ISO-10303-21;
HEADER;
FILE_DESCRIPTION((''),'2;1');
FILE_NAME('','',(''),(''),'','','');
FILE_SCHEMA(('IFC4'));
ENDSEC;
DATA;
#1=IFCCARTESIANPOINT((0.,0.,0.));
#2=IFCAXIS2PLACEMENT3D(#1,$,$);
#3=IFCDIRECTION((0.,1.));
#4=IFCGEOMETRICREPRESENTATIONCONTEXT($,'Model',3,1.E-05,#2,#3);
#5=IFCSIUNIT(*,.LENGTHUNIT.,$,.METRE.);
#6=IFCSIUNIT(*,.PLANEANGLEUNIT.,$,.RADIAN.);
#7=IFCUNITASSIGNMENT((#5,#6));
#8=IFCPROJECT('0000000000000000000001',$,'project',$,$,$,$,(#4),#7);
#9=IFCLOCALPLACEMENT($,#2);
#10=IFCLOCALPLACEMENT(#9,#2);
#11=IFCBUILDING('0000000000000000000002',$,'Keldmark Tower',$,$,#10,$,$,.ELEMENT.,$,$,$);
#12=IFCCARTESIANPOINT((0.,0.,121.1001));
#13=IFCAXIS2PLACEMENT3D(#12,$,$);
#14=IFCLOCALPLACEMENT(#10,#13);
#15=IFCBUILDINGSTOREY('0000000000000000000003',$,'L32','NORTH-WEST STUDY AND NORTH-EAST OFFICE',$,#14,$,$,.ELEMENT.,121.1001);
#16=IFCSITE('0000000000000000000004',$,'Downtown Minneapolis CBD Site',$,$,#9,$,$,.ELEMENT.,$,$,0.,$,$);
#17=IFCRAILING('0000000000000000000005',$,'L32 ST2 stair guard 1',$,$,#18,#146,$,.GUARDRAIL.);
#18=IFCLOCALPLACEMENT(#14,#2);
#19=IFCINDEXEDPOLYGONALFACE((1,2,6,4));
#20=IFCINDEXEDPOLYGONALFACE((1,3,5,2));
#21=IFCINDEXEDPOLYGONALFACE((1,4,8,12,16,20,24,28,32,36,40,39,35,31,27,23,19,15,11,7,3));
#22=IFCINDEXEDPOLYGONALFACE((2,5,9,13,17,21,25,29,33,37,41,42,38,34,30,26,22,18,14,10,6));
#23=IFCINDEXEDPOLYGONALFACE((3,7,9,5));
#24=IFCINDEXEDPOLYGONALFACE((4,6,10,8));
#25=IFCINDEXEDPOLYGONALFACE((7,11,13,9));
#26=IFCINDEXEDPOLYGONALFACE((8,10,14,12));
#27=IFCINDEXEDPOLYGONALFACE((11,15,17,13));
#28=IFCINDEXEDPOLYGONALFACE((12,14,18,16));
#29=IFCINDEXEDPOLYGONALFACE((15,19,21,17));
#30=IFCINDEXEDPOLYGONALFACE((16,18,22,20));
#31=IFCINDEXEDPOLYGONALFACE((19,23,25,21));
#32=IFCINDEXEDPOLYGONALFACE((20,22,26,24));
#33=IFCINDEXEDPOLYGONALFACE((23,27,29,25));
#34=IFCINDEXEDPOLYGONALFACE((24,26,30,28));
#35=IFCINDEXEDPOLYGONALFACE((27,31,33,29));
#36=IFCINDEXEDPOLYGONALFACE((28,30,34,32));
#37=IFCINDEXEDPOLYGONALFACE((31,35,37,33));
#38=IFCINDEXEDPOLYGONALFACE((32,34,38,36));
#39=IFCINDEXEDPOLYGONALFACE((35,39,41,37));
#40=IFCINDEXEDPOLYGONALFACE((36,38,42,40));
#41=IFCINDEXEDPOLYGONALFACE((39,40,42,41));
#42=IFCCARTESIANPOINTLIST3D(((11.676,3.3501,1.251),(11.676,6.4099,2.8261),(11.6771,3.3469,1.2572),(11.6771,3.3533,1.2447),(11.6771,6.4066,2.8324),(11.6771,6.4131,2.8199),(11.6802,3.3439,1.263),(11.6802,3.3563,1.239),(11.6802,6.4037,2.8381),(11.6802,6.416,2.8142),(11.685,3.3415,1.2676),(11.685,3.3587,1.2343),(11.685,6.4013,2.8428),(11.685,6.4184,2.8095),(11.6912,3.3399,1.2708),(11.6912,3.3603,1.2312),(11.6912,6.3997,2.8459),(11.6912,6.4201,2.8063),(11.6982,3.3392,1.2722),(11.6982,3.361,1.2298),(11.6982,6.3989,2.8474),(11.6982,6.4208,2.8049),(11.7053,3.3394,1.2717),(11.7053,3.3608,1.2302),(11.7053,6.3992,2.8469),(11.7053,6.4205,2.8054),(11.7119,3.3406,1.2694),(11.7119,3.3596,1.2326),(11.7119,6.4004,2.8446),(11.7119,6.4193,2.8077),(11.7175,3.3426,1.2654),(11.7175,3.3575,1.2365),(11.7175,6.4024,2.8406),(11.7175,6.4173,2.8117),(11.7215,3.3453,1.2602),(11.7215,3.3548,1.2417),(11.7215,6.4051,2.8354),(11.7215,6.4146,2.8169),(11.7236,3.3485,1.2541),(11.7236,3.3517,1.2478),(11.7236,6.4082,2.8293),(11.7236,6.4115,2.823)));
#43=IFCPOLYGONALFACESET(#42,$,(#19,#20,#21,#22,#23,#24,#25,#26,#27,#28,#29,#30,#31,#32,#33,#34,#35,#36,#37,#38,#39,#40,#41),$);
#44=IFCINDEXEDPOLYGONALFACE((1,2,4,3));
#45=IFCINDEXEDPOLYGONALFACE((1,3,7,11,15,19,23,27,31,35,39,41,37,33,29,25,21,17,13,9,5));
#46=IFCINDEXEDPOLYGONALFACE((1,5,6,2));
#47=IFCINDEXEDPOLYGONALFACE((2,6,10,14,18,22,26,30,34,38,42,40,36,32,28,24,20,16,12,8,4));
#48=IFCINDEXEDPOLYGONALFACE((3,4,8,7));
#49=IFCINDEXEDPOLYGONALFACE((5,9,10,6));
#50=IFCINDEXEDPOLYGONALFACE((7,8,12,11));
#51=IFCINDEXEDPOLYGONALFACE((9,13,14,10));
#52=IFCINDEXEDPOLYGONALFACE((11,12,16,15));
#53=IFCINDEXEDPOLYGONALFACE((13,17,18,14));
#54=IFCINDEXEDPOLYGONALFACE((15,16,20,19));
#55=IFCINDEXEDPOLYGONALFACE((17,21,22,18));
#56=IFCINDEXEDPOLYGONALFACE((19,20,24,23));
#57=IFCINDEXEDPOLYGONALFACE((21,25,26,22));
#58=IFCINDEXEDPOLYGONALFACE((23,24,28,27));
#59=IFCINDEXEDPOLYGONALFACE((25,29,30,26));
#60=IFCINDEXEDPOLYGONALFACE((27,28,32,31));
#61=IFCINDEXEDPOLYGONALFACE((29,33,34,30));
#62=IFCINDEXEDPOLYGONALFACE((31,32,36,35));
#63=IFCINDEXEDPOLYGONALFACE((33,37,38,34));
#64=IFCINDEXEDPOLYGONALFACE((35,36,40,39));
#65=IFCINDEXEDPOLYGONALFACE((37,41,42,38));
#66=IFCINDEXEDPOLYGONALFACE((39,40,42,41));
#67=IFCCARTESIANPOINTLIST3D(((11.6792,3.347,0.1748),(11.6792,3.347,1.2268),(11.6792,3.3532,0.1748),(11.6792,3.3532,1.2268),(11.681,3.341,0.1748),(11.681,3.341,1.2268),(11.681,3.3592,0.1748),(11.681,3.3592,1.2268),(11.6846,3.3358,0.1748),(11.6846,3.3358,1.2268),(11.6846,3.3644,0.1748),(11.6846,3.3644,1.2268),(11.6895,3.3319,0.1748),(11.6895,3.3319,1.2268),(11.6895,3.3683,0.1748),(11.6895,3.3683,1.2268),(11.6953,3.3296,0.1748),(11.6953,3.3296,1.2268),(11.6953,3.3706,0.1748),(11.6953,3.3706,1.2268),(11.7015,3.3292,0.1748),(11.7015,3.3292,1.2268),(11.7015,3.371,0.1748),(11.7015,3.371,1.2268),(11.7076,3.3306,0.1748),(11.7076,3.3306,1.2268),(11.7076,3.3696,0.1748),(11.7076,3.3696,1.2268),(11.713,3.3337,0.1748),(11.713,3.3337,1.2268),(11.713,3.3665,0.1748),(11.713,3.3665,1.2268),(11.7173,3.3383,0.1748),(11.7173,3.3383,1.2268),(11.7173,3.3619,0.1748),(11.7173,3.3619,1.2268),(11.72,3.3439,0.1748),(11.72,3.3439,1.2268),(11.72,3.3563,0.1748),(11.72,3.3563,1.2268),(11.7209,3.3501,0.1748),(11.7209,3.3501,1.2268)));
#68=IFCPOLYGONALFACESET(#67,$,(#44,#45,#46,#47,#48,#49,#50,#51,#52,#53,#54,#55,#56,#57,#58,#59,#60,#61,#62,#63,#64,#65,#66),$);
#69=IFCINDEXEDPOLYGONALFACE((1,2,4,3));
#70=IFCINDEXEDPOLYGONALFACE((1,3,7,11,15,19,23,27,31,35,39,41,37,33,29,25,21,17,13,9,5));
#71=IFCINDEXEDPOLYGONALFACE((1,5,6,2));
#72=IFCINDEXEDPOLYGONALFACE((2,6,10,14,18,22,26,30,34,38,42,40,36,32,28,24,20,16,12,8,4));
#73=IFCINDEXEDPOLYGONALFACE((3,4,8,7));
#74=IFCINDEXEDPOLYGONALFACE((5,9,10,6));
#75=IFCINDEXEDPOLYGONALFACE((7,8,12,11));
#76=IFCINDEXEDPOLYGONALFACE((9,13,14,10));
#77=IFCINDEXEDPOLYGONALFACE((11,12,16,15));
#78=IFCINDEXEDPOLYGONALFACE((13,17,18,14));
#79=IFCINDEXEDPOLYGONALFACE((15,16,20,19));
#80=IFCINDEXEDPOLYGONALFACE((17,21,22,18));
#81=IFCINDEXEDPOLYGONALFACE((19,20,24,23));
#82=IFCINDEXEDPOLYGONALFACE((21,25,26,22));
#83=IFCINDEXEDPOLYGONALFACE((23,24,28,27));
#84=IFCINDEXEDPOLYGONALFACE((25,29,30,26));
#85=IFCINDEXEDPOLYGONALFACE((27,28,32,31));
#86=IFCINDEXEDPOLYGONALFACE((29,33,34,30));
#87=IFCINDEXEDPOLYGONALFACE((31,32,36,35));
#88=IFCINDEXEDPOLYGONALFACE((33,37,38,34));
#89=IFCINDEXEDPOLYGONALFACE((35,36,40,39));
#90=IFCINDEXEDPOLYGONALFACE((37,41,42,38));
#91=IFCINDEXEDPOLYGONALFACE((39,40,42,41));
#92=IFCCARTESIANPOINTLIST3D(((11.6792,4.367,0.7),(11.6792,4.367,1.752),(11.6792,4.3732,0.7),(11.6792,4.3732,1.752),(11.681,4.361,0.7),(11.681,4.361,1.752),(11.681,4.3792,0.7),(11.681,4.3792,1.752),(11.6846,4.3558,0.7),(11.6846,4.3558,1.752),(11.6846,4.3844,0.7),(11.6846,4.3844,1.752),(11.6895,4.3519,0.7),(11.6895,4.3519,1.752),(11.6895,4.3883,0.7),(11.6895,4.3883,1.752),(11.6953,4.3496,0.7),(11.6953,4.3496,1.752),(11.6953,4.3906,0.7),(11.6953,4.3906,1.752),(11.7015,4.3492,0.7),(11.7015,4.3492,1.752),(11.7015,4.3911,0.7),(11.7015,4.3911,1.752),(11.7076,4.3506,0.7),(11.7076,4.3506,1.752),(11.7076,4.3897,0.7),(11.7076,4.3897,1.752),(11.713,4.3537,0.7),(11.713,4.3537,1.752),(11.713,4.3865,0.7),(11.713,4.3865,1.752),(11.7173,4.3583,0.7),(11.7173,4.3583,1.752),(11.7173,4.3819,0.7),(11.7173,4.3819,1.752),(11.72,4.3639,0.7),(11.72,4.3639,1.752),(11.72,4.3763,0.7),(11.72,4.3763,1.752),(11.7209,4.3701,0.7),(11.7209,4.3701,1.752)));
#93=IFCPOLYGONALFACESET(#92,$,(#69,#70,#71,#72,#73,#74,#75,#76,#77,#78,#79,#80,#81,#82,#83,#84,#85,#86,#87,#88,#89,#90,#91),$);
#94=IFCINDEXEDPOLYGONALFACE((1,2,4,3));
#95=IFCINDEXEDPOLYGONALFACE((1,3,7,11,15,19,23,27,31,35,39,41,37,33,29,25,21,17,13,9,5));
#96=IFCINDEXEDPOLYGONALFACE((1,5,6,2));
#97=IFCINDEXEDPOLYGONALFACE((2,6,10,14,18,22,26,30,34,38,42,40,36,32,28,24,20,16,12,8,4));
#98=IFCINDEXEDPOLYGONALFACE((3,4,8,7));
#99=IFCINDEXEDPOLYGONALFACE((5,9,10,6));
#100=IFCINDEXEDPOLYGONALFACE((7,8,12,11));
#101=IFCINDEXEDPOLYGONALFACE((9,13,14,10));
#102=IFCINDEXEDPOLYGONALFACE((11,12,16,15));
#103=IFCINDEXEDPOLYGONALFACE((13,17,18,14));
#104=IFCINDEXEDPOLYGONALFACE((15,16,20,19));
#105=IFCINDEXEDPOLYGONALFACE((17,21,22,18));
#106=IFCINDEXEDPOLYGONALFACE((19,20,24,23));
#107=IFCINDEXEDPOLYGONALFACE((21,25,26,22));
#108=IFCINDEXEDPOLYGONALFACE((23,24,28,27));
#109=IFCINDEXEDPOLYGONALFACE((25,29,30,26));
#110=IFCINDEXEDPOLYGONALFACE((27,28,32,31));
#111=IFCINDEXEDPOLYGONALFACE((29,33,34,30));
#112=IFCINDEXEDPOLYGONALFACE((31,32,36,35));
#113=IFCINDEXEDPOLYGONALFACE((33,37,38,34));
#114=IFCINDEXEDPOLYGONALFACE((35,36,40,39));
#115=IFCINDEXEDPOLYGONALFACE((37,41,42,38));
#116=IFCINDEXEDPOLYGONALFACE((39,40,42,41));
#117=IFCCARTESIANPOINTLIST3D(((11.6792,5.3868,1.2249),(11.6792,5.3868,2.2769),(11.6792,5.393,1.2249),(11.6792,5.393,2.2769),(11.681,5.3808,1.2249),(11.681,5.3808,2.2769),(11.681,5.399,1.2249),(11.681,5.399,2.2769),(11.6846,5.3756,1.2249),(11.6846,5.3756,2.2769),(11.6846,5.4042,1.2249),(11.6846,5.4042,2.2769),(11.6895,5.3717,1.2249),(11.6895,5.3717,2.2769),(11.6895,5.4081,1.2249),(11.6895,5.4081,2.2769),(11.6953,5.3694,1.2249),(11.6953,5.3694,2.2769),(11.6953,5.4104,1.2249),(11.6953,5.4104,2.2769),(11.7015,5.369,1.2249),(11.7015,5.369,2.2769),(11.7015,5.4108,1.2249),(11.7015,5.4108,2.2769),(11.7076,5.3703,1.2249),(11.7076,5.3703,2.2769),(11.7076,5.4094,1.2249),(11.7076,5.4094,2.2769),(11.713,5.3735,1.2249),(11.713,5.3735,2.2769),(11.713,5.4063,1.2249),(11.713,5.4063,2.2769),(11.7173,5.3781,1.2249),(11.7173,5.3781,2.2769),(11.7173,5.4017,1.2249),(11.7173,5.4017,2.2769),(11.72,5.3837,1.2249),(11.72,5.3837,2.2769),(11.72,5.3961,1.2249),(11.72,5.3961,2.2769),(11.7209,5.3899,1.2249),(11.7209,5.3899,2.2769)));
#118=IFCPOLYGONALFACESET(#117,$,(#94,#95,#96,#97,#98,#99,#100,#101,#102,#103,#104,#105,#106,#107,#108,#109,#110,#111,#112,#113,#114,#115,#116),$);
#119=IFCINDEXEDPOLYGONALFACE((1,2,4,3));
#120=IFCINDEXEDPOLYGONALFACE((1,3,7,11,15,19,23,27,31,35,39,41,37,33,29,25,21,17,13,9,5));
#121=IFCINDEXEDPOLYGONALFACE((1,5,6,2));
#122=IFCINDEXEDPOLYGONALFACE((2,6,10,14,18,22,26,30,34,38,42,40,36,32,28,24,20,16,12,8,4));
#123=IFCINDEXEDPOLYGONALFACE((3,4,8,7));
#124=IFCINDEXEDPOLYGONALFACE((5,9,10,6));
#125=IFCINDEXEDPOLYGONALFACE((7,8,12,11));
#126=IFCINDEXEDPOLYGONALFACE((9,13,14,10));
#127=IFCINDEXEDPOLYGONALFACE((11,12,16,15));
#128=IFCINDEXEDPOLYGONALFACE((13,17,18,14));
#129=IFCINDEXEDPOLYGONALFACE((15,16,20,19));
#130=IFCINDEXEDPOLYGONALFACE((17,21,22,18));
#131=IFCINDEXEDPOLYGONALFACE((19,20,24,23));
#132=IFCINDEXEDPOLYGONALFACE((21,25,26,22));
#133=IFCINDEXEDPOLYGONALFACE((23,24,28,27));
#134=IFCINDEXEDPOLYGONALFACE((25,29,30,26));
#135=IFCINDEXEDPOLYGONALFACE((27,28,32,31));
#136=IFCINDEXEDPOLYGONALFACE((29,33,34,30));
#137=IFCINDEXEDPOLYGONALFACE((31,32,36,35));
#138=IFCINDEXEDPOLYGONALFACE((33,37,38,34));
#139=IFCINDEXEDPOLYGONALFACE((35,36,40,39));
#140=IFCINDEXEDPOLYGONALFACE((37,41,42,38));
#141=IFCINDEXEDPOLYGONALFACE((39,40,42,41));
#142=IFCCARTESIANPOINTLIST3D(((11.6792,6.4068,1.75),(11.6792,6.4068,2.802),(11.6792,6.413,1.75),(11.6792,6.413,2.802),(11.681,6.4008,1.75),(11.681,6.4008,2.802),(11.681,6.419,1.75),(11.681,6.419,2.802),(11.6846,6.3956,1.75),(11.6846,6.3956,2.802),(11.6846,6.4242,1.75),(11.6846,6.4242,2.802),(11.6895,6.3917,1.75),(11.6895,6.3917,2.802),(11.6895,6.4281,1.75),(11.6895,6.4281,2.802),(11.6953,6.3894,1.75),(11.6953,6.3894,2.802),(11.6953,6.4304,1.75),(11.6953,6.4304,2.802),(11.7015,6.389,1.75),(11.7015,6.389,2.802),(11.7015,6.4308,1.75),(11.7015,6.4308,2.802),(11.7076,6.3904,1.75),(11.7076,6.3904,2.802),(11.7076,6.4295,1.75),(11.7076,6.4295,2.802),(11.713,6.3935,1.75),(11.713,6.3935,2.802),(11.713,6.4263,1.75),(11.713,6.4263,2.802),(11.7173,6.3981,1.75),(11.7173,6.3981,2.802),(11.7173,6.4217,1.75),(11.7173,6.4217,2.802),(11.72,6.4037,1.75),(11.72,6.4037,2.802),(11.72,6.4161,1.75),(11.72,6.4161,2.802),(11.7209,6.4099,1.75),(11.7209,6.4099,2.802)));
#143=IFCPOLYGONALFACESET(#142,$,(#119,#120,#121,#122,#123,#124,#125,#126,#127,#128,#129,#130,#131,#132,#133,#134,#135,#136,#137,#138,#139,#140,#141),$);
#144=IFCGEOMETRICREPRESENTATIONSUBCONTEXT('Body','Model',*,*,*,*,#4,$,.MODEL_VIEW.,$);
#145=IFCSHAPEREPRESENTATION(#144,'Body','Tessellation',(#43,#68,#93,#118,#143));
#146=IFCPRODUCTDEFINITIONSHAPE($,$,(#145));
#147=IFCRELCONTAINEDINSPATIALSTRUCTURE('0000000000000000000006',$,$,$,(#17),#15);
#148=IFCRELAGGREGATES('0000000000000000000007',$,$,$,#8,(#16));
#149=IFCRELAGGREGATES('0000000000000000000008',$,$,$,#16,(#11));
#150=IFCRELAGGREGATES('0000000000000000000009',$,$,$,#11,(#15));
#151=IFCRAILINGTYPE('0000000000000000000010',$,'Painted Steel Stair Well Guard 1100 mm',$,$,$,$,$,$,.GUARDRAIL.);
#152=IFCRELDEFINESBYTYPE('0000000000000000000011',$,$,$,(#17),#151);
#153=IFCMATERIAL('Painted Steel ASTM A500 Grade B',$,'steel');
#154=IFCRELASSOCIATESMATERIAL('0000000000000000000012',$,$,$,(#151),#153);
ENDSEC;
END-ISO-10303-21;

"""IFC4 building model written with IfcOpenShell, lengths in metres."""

from ifc_helpers import new_model, si_unit, direction, frame, origin, origin_2d, place, context, subcontext, project, spatial, circle, extrude, material, type_object, element, save


model = new_model("IFC4")

# Units and contexts
model_context = context("Model", 3, precision=1e-05, world=origin(), true_north=direction((0.0, 1.0)))
body_context = subcontext(model_context, "Body", "Model", "MODEL_VIEW")
ifc_project = project(units=[si_unit("LENGTHUNIT", "METRE"), si_unit("PLANEANGLEUNIT", "RADIAN")], contexts=[model_context])

# Site, building, storey
site_placement = place(None, origin())
site = spatial("IfcSite", under=ifc_project, at=site_placement, Name="Downtown Minneapolis CBD Site", CompositionType="ELEMENT", RefElevation=0.0)
building_placement = place(site_placement, origin())
building = spatial("IfcBuilding", under=site, at=building_placement, Name="Keldmark Tower", CompositionType="ELEMENT")
storey_placement = place(building_placement, frame((0.0, 0.0, 121.1001)))
storey = spatial("IfcBuildingStorey", under=building, at=storey_placement, Name="L32", Description="NORTH-WEST STUDY AND NORTH-EAST OFFICE", CompositionType="ELEMENT", Elevation=121.1001)

# Railing
ifc_material_1 = material(Name="Painted Steel ASTM A500 Grade B", Category="steel")
railing_type_1 = type_object("IfcRailingType", Name="Painted Steel Stair Well Guard 1100 mm", PredefinedType="GUARDRAIL", material=ifc_material_1)
railing_1_placement = place(storey_placement, frame((11.7, 3.3501, 0.1748)))
element("IfcRailing", 1, at=railing_1_placement, inside=storey, type_object=railing_type_1, Name="L32 ST2 stair guard 1", PredefinedType="GUARDRAIL", context=body_context, shape_type="SweptSolid", body=[
    extrude(circle(Radius=0.0239, at=origin_2d()), frame((0.0, 0.0, 1.0762), z_axis=(0.0, 0.889101, 0.45771), x_axis=(-1.0, 0.0, 0.0)), (0.0, 0.0, 1.0), 3.4414),
    extrude(circle(Radius=0.021, at=origin_2d()), origin(), (0.0, 0.0, 1.0), 1.052),
    extrude(circle(Radius=0.021, at=origin_2d()), frame((0.0, 1.02, 0.5251)), (0.0, 0.0, 1.0), 1.052),
    extrude(circle(Radius=0.021, at=origin_2d()), frame((0.0, 2.0398, 1.05)), (0.0, 0.0, 1.0), 1.052),
    extrude(circle(Radius=0.021, at=origin_2d()), frame((0.0, 3.0598, 1.5752)), (0.0, 0.0, 1.0), 1.052),
])

save(model, "model.ifc")
